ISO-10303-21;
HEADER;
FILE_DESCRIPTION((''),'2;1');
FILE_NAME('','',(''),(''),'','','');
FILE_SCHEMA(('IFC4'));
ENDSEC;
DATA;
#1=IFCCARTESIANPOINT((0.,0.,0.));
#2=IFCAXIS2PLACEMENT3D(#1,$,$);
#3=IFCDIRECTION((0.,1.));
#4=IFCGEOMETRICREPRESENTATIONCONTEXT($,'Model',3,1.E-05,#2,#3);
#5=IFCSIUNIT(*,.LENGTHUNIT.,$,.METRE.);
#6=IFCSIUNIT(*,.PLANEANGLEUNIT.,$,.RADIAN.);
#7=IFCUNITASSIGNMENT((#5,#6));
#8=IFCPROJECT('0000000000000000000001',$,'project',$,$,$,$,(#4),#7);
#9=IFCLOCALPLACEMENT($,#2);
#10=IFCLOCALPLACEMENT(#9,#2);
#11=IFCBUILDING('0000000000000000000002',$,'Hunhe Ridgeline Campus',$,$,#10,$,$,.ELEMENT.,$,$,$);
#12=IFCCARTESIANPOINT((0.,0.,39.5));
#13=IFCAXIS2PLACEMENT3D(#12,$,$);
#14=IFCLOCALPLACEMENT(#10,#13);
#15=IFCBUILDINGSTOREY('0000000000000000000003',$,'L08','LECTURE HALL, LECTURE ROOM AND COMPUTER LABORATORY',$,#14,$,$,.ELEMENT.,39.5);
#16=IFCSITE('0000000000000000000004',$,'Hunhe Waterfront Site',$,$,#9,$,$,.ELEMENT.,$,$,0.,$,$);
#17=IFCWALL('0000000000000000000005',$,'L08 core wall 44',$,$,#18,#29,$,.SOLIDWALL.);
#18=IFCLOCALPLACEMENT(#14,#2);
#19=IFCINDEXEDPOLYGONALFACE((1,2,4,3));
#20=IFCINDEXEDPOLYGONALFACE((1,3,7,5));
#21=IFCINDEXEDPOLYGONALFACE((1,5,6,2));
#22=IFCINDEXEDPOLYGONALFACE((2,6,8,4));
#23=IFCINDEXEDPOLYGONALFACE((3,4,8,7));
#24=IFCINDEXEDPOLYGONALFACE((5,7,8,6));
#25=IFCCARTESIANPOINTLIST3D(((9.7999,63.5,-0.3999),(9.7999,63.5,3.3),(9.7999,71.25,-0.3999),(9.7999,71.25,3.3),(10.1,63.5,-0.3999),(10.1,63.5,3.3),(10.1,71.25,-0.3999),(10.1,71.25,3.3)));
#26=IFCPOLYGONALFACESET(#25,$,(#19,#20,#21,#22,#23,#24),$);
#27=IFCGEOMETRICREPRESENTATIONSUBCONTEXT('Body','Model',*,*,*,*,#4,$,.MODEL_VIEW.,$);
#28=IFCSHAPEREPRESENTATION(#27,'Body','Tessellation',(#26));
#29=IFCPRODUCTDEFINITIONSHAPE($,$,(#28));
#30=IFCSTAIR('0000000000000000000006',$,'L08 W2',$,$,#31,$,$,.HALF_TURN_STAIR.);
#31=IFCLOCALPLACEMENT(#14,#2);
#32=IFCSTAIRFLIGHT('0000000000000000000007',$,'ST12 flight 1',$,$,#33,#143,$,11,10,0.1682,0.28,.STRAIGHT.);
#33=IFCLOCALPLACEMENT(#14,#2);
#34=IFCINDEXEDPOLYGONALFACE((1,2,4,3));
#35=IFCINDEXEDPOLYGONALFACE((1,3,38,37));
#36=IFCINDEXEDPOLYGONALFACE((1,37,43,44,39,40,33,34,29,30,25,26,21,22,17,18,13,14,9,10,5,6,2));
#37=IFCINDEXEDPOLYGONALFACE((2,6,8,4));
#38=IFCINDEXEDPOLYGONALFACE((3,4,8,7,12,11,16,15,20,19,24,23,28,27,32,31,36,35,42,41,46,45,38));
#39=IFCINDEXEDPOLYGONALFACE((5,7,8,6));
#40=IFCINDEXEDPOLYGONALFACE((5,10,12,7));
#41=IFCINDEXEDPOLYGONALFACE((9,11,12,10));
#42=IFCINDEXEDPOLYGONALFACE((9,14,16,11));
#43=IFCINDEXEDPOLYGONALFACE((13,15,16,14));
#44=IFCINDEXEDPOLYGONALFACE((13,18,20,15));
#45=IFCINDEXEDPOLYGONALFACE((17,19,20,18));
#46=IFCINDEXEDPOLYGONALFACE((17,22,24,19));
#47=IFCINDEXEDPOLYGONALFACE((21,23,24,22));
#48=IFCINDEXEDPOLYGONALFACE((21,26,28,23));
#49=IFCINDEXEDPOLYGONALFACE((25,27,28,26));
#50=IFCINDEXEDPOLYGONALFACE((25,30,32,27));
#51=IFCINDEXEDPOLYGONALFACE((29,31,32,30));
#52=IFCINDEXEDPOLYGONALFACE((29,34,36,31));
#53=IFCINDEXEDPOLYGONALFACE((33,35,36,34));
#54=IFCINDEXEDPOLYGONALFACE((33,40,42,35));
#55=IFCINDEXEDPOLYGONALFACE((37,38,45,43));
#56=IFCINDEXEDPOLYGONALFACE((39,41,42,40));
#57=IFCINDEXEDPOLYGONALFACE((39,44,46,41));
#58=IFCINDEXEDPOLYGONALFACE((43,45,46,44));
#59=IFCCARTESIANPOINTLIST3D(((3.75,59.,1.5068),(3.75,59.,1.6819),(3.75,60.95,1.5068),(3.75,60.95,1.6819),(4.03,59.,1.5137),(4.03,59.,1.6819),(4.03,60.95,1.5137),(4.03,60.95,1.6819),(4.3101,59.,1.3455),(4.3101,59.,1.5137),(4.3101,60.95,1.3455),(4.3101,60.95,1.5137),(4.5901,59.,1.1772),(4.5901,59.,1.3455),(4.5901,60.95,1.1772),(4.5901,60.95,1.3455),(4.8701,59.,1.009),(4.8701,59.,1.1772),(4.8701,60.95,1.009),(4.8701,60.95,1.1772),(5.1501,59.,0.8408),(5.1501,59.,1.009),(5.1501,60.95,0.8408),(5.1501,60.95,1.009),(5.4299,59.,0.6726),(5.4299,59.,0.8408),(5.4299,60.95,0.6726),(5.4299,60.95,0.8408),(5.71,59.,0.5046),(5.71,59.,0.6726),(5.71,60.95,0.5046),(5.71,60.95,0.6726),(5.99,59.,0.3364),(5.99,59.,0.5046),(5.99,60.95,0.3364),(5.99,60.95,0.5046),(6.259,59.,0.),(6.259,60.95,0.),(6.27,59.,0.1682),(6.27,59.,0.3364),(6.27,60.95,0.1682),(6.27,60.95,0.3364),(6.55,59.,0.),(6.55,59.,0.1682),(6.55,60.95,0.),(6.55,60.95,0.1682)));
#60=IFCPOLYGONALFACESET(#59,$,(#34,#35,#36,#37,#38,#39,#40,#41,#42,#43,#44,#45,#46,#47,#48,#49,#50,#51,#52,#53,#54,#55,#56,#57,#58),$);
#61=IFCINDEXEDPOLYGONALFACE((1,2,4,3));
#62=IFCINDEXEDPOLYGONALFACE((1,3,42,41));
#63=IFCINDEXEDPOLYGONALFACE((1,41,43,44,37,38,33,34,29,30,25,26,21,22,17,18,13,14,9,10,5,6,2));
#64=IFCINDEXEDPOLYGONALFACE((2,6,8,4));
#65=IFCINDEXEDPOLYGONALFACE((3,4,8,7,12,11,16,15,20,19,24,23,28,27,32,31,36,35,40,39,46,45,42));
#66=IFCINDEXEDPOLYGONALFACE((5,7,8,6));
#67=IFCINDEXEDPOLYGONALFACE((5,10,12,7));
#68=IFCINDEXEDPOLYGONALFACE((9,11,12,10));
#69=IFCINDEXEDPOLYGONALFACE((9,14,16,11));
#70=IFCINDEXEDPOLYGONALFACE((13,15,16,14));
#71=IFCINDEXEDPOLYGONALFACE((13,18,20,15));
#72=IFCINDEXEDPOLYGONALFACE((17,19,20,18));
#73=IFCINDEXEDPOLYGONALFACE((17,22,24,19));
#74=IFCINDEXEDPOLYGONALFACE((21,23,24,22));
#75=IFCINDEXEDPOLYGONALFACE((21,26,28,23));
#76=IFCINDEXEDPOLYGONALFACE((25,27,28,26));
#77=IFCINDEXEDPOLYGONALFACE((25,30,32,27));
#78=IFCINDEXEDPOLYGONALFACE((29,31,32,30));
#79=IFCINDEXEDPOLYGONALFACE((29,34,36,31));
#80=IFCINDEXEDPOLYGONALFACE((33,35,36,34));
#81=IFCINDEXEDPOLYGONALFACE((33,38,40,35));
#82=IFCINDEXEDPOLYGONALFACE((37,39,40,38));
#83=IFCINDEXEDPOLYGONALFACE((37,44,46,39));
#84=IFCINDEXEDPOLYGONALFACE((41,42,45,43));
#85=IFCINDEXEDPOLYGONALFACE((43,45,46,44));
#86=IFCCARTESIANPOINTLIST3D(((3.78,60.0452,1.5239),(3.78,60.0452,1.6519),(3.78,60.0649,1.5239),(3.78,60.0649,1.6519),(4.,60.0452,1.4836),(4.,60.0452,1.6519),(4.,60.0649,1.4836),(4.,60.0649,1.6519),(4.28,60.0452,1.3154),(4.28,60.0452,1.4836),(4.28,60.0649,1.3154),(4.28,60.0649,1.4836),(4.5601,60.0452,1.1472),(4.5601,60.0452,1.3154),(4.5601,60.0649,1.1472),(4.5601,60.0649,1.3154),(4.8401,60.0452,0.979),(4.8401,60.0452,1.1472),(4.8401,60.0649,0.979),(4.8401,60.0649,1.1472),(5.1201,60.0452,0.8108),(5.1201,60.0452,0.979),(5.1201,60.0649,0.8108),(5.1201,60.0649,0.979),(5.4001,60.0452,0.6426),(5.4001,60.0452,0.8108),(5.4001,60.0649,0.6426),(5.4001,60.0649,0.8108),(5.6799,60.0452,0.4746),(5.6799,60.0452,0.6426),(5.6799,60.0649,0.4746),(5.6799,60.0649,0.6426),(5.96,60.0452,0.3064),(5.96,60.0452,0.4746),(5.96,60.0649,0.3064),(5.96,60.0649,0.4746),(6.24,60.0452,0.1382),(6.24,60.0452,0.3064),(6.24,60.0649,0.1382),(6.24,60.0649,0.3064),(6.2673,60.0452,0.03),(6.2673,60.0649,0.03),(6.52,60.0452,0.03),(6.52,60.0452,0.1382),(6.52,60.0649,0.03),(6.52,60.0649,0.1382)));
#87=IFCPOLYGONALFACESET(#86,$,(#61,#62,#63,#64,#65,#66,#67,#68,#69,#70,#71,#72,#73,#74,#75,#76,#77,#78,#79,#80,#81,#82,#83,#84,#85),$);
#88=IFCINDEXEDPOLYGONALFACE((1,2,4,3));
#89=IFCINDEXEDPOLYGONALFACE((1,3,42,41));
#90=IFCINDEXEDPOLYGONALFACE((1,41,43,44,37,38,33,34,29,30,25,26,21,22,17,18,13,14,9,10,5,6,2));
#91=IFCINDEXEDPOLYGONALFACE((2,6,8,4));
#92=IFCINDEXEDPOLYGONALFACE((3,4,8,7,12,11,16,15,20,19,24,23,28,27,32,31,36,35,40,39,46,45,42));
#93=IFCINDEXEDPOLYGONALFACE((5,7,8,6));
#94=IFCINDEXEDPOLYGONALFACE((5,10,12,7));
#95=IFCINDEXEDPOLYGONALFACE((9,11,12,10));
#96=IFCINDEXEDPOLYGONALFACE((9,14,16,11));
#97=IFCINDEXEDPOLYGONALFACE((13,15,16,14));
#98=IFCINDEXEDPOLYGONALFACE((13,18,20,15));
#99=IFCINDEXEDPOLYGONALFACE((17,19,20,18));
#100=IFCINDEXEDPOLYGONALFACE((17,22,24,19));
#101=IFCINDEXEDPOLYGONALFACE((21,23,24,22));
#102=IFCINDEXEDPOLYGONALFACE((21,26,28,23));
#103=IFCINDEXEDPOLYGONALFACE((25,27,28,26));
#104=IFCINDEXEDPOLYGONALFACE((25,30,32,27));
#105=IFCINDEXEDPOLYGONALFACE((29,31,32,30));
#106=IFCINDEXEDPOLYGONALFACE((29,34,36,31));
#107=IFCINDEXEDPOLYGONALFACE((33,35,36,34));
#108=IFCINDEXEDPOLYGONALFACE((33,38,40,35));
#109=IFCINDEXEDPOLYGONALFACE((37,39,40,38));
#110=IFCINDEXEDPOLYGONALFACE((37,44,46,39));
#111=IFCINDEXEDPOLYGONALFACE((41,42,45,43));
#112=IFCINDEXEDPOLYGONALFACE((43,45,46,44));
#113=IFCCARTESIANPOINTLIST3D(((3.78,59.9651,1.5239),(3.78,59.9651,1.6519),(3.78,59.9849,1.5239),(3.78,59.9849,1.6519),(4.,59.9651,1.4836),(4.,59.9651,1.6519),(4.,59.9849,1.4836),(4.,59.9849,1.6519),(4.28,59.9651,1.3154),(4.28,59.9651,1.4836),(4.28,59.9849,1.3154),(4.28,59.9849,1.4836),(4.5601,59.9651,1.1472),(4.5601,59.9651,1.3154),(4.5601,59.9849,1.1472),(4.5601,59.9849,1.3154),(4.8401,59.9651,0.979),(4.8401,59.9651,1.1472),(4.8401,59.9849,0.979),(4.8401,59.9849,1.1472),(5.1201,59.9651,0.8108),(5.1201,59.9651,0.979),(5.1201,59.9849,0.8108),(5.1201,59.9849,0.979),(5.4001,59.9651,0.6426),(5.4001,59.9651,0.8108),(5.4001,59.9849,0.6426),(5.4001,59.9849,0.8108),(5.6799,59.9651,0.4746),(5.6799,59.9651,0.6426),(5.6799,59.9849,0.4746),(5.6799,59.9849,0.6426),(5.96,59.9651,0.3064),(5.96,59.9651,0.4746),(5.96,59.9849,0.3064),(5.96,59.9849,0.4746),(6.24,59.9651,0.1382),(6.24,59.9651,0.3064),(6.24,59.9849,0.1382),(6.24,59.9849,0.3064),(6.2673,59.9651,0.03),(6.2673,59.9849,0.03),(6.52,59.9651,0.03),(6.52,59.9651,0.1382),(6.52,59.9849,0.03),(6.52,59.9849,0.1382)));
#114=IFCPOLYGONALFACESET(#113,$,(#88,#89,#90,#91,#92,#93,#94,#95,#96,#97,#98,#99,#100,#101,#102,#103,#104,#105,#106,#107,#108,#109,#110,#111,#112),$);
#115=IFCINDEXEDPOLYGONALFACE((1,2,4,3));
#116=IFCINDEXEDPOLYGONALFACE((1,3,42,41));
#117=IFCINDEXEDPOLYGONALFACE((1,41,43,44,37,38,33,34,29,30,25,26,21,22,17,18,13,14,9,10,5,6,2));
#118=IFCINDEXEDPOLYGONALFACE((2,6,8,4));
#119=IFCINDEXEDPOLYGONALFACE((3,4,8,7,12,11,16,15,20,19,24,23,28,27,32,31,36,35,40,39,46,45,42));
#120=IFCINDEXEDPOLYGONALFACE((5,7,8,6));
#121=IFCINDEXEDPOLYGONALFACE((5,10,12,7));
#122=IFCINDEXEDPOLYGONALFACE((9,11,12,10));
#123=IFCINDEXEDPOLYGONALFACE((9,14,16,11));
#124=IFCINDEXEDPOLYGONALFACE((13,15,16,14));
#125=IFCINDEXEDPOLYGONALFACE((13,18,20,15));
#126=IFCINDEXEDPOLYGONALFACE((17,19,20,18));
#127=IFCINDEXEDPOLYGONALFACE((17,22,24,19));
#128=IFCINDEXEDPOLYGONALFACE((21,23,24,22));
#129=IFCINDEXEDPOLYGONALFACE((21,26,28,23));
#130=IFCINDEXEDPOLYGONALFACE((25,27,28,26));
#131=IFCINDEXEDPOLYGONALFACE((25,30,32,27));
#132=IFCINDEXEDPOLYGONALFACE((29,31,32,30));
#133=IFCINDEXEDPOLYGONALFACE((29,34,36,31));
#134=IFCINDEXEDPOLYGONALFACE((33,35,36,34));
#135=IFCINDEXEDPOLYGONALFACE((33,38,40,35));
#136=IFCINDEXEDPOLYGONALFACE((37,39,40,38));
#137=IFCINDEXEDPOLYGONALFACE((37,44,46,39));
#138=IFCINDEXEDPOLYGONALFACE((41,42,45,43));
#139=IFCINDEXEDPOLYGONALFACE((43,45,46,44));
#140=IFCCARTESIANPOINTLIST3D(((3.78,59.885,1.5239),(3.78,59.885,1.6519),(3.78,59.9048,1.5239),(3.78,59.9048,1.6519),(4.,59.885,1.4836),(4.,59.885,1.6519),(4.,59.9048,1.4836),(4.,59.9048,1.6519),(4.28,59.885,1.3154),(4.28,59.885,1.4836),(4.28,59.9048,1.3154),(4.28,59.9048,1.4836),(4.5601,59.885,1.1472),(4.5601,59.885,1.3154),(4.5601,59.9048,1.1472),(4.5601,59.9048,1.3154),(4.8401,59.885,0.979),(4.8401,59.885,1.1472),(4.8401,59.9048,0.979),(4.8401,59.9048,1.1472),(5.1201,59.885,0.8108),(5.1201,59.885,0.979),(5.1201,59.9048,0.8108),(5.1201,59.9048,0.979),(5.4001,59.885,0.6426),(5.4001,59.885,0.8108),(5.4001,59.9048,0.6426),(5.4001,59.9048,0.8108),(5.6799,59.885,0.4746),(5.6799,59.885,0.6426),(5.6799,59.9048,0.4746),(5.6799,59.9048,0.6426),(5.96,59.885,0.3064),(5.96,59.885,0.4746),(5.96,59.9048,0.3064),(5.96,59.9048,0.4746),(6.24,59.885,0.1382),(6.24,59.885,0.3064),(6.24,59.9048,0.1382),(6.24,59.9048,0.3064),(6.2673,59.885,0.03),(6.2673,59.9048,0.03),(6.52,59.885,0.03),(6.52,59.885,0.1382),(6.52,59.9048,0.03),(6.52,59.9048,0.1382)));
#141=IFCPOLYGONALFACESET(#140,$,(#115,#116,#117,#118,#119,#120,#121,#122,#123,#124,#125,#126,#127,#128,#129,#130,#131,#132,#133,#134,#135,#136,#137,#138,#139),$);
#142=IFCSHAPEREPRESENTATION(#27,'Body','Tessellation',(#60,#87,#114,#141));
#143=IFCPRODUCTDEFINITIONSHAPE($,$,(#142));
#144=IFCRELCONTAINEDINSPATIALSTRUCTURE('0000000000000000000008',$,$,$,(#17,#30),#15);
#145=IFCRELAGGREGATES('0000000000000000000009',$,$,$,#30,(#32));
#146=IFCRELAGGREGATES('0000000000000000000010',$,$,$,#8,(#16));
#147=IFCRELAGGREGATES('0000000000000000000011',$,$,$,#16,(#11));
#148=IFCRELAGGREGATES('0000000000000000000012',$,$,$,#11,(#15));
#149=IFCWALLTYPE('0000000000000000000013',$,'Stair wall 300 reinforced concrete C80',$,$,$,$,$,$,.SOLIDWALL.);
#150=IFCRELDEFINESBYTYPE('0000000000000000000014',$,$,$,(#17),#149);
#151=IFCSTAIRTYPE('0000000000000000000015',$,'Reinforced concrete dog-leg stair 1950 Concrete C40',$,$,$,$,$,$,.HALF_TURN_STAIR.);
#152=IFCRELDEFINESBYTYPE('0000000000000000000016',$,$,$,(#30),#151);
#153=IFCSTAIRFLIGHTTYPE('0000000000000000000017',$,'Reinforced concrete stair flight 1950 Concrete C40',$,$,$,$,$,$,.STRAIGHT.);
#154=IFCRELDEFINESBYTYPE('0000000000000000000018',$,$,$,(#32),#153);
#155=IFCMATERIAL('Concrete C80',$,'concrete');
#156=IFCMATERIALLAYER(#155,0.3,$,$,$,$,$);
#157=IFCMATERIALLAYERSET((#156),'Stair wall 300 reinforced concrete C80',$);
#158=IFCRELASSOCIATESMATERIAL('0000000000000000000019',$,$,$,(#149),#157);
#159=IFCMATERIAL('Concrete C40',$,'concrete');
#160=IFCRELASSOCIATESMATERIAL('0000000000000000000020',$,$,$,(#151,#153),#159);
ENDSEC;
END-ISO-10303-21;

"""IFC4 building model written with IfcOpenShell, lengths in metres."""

from ifc_helpers import new_model, si_unit, direction, frame, frame_2d, origin, place, context, subcontext, project, spatial, polyline, rectangle, outline, extrude, material, layer, layer_set, type_object, element, aggregate, save


model = new_model("IFC4")

# Units and contexts
model_context = context("Model", 3, precision=1e-05, world=origin(), true_north=direction((0.0, 1.0)))
body_context = subcontext(model_context, "Body", "Model", "MODEL_VIEW")
ifc_project = project(units=[si_unit("LENGTHUNIT", "METRE"), si_unit("PLANEANGLEUNIT", "RADIAN")], contexts=[model_context])

# Site, building, storey
site_placement = place(None, origin())
site = spatial("IfcSite", under=ifc_project, at=site_placement, Name="Hunhe Waterfront Site", CompositionType="ELEMENT", RefElevation=0.0)
building_placement = place(site_placement, origin())
building = spatial("IfcBuilding", under=site, at=building_placement, Name="Hunhe Ridgeline Campus", CompositionType="ELEMENT")
storey_placement = place(building_placement, frame((0.0, 0.0, 39.5)))
storey = spatial("IfcBuildingStorey", under=building, at=storey_placement, Name="L08", Description="LECTURE HALL, LECTURE ROOM AND COMPUTER LABORATORY", CompositionType="ELEMENT", Elevation=39.5)

# Shared definitions
ifc_material_1 = material(Name="Concrete C80", Category="concrete")

# Shared definitions
ifc_layer_1 = layer(ifc_material_1, 0.3)
ifc_layer_set_1 = layer_set([ifc_layer_1], Name="Stair wall 300 reinforced concrete C80")
wall_type_1 = type_object("IfcWallType", Name="Stair wall 300 reinforced concrete C80", PredefinedType="SOLIDWALL", material=ifc_layer_set_1)

# Wall
wall_1_placement = place(storey_placement, frame((9.95, 63.5, -0.3999), z_axis=(0.0, 0.0, 1.0), x_axis=(0.0, 1.0, 0.0)))
element("IfcWall", 1, at=wall_1_placement, inside=storey, type_object=wall_type_1, Name="L08 core wall 44", PredefinedType="SOLIDWALL", context=body_context, shape_type="SweptSolid", body=[
    extrude(rectangle(XDim=7.75, YDim=0.3, at=frame_2d((3.875, 0.0))), origin(), (0.0, 0.0, 1.0), 3.7),
])

# Stair, stair flight
ifc_material_2 = material(Name="Concrete C40", Category="concrete")
stair_type = type_object("IfcStairType", Name="Reinforced concrete dog-leg stair 1950 Concrete C40", PredefinedType="HALF_TURN_STAIR", material=ifc_material_2)
stair_placement = place(storey_placement, origin())
stair = element("IfcStair", 2, at=stair_placement, inside=storey, type_object=stair_type, Name="L08 W2", PredefinedType="HALF_TURN_STAIR")
stair_flight_type = type_object("IfcStairFlightType", Name="Reinforced concrete stair flight 1950 Concrete C40", PredefinedType="STRAIGHT", material=ifc_material_2)
stair_flight_1_placement = place(storey_placement, frame((6.55, 59.9751, 0.0), z_axis=(0.0, 0.0, 1.0), x_axis=(-1.0, 0.0, 0.0)))
stair_flight_1 = element("IfcStairFlight", 3, at=stair_flight_1_placement, type_object=stair_flight_type, Name="ST12 flight 1", NumberOfRisers=11, NumberOfTreads=10, PredefinedType="STRAIGHT", RiserHeight=0.1682, TreadLength=0.28, context=body_context, shape_type="SweptSolid", body=[
    extrude(outline(polyline([(0.0, 0.0), (0.0, 0.1682), (0.28, 0.1682), (0.28, 0.3364), (0.5601, 0.3364), (0.5601, 0.5046), (0.8401, 0.5046), (0.8401, 0.6726), (1.1201, 0.6726), (1.1201, 0.8408), (1.3999, 0.8408), (1.3999, 1.009), (1.6799, 1.009), (1.6799, 1.1772), (1.96, 1.1772), (1.96, 1.3455), (2.24, 1.3455), (2.24, 1.5137), (2.52, 1.5137), (2.52, 1.6819), (2.8, 1.6819), (2.8, 1.8501), (2.8, 1.5068), (0.291, 0.0), (0.0, 0.0)])), frame((0.0, 0.9751, 0.0), z_axis=(0.0, -1.0, 0.0), x_axis=(1.0, 0.0, 0.0)), (0.0, 0.0, 1.0), 1.95),
    extrude(outline(polyline([(0.03, 0.03), (0.03, 0.1382), (0.3101, 0.1382), (0.3101, 0.3064), (0.5901, 0.3064), (0.5901, 0.4746), (0.8701, 0.4746), (0.8701, 0.6426), (1.1499, 0.6426), (1.1499, 0.8108), (1.4299, 0.8108), (1.4299, 0.979), (1.71, 0.979), (1.71, 1.1472), (1.99, 1.1472), (1.99, 1.3154), (2.27, 1.3154), (2.27, 1.4836), (2.55, 1.4836), (2.55, 1.6519), (2.77, 1.6519), (2.77, 1.5239), (0.2827, 0.03), (0.03, 0.03)])), frame((0.0, -0.0701, 0.0), z_axis=(0.0, -1.0, 0.0), x_axis=(1.0, 0.0, 0.0)), (0.0, 0.0, 1.0), 0.0198),
    extrude(outline(polyline([(0.03, 0.03), (0.03, 0.1382), (0.3101, 0.1382), (0.3101, 0.3064), (0.5901, 0.3064), (0.5901, 0.4746), (0.8701, 0.4746), (0.8701, 0.6426), (1.1499, 0.6426), (1.1499, 0.8108), (1.4299, 0.8108), (1.4299, 0.979), (1.71, 0.979), (1.71, 1.1472), (1.99, 1.1472), (1.99, 1.3154), (2.27, 1.3154), (2.27, 1.4836), (2.55, 1.4836), (2.55, 1.6519), (2.77, 1.6519), (2.77, 1.5239), (0.2827, 0.03), (0.03, 0.03)])), frame((0.0, 0.01, 0.0), z_axis=(0.0, -1.0, 0.0), x_axis=(1.0, 0.0, 0.0)), (0.0, 0.0, 1.0), 0.0198),
    extrude(outline(polyline([(0.03, 0.03), (0.03, 0.1382), (0.3101, 0.1382), (0.3101, 0.3064), (0.5901, 0.3064), (0.5901, 0.4746), (0.8701, 0.4746), (0.8701, 0.6426), (1.1499, 0.6426), (1.1499, 0.8108), (1.4299, 0.8108), (1.4299, 0.979), (1.71, 0.979), (1.71, 1.1472), (1.99, 1.1472), (1.99, 1.3154), (2.27, 1.3154), (2.27, 1.4836), (2.55, 1.4836), (2.55, 1.6519), (2.77, 1.6519), (2.77, 1.5239), (0.2827, 0.03), (0.03, 0.03)])), frame((0.0, 0.0901, 0.0), z_axis=(0.0, -1.0, 0.0), x_axis=(1.0, 0.0, 0.0)), (0.0, 0.0, 1.0), 0.0198),
])
aggregate(stair, [stair_flight_1])

save(model, "model.ifc")
